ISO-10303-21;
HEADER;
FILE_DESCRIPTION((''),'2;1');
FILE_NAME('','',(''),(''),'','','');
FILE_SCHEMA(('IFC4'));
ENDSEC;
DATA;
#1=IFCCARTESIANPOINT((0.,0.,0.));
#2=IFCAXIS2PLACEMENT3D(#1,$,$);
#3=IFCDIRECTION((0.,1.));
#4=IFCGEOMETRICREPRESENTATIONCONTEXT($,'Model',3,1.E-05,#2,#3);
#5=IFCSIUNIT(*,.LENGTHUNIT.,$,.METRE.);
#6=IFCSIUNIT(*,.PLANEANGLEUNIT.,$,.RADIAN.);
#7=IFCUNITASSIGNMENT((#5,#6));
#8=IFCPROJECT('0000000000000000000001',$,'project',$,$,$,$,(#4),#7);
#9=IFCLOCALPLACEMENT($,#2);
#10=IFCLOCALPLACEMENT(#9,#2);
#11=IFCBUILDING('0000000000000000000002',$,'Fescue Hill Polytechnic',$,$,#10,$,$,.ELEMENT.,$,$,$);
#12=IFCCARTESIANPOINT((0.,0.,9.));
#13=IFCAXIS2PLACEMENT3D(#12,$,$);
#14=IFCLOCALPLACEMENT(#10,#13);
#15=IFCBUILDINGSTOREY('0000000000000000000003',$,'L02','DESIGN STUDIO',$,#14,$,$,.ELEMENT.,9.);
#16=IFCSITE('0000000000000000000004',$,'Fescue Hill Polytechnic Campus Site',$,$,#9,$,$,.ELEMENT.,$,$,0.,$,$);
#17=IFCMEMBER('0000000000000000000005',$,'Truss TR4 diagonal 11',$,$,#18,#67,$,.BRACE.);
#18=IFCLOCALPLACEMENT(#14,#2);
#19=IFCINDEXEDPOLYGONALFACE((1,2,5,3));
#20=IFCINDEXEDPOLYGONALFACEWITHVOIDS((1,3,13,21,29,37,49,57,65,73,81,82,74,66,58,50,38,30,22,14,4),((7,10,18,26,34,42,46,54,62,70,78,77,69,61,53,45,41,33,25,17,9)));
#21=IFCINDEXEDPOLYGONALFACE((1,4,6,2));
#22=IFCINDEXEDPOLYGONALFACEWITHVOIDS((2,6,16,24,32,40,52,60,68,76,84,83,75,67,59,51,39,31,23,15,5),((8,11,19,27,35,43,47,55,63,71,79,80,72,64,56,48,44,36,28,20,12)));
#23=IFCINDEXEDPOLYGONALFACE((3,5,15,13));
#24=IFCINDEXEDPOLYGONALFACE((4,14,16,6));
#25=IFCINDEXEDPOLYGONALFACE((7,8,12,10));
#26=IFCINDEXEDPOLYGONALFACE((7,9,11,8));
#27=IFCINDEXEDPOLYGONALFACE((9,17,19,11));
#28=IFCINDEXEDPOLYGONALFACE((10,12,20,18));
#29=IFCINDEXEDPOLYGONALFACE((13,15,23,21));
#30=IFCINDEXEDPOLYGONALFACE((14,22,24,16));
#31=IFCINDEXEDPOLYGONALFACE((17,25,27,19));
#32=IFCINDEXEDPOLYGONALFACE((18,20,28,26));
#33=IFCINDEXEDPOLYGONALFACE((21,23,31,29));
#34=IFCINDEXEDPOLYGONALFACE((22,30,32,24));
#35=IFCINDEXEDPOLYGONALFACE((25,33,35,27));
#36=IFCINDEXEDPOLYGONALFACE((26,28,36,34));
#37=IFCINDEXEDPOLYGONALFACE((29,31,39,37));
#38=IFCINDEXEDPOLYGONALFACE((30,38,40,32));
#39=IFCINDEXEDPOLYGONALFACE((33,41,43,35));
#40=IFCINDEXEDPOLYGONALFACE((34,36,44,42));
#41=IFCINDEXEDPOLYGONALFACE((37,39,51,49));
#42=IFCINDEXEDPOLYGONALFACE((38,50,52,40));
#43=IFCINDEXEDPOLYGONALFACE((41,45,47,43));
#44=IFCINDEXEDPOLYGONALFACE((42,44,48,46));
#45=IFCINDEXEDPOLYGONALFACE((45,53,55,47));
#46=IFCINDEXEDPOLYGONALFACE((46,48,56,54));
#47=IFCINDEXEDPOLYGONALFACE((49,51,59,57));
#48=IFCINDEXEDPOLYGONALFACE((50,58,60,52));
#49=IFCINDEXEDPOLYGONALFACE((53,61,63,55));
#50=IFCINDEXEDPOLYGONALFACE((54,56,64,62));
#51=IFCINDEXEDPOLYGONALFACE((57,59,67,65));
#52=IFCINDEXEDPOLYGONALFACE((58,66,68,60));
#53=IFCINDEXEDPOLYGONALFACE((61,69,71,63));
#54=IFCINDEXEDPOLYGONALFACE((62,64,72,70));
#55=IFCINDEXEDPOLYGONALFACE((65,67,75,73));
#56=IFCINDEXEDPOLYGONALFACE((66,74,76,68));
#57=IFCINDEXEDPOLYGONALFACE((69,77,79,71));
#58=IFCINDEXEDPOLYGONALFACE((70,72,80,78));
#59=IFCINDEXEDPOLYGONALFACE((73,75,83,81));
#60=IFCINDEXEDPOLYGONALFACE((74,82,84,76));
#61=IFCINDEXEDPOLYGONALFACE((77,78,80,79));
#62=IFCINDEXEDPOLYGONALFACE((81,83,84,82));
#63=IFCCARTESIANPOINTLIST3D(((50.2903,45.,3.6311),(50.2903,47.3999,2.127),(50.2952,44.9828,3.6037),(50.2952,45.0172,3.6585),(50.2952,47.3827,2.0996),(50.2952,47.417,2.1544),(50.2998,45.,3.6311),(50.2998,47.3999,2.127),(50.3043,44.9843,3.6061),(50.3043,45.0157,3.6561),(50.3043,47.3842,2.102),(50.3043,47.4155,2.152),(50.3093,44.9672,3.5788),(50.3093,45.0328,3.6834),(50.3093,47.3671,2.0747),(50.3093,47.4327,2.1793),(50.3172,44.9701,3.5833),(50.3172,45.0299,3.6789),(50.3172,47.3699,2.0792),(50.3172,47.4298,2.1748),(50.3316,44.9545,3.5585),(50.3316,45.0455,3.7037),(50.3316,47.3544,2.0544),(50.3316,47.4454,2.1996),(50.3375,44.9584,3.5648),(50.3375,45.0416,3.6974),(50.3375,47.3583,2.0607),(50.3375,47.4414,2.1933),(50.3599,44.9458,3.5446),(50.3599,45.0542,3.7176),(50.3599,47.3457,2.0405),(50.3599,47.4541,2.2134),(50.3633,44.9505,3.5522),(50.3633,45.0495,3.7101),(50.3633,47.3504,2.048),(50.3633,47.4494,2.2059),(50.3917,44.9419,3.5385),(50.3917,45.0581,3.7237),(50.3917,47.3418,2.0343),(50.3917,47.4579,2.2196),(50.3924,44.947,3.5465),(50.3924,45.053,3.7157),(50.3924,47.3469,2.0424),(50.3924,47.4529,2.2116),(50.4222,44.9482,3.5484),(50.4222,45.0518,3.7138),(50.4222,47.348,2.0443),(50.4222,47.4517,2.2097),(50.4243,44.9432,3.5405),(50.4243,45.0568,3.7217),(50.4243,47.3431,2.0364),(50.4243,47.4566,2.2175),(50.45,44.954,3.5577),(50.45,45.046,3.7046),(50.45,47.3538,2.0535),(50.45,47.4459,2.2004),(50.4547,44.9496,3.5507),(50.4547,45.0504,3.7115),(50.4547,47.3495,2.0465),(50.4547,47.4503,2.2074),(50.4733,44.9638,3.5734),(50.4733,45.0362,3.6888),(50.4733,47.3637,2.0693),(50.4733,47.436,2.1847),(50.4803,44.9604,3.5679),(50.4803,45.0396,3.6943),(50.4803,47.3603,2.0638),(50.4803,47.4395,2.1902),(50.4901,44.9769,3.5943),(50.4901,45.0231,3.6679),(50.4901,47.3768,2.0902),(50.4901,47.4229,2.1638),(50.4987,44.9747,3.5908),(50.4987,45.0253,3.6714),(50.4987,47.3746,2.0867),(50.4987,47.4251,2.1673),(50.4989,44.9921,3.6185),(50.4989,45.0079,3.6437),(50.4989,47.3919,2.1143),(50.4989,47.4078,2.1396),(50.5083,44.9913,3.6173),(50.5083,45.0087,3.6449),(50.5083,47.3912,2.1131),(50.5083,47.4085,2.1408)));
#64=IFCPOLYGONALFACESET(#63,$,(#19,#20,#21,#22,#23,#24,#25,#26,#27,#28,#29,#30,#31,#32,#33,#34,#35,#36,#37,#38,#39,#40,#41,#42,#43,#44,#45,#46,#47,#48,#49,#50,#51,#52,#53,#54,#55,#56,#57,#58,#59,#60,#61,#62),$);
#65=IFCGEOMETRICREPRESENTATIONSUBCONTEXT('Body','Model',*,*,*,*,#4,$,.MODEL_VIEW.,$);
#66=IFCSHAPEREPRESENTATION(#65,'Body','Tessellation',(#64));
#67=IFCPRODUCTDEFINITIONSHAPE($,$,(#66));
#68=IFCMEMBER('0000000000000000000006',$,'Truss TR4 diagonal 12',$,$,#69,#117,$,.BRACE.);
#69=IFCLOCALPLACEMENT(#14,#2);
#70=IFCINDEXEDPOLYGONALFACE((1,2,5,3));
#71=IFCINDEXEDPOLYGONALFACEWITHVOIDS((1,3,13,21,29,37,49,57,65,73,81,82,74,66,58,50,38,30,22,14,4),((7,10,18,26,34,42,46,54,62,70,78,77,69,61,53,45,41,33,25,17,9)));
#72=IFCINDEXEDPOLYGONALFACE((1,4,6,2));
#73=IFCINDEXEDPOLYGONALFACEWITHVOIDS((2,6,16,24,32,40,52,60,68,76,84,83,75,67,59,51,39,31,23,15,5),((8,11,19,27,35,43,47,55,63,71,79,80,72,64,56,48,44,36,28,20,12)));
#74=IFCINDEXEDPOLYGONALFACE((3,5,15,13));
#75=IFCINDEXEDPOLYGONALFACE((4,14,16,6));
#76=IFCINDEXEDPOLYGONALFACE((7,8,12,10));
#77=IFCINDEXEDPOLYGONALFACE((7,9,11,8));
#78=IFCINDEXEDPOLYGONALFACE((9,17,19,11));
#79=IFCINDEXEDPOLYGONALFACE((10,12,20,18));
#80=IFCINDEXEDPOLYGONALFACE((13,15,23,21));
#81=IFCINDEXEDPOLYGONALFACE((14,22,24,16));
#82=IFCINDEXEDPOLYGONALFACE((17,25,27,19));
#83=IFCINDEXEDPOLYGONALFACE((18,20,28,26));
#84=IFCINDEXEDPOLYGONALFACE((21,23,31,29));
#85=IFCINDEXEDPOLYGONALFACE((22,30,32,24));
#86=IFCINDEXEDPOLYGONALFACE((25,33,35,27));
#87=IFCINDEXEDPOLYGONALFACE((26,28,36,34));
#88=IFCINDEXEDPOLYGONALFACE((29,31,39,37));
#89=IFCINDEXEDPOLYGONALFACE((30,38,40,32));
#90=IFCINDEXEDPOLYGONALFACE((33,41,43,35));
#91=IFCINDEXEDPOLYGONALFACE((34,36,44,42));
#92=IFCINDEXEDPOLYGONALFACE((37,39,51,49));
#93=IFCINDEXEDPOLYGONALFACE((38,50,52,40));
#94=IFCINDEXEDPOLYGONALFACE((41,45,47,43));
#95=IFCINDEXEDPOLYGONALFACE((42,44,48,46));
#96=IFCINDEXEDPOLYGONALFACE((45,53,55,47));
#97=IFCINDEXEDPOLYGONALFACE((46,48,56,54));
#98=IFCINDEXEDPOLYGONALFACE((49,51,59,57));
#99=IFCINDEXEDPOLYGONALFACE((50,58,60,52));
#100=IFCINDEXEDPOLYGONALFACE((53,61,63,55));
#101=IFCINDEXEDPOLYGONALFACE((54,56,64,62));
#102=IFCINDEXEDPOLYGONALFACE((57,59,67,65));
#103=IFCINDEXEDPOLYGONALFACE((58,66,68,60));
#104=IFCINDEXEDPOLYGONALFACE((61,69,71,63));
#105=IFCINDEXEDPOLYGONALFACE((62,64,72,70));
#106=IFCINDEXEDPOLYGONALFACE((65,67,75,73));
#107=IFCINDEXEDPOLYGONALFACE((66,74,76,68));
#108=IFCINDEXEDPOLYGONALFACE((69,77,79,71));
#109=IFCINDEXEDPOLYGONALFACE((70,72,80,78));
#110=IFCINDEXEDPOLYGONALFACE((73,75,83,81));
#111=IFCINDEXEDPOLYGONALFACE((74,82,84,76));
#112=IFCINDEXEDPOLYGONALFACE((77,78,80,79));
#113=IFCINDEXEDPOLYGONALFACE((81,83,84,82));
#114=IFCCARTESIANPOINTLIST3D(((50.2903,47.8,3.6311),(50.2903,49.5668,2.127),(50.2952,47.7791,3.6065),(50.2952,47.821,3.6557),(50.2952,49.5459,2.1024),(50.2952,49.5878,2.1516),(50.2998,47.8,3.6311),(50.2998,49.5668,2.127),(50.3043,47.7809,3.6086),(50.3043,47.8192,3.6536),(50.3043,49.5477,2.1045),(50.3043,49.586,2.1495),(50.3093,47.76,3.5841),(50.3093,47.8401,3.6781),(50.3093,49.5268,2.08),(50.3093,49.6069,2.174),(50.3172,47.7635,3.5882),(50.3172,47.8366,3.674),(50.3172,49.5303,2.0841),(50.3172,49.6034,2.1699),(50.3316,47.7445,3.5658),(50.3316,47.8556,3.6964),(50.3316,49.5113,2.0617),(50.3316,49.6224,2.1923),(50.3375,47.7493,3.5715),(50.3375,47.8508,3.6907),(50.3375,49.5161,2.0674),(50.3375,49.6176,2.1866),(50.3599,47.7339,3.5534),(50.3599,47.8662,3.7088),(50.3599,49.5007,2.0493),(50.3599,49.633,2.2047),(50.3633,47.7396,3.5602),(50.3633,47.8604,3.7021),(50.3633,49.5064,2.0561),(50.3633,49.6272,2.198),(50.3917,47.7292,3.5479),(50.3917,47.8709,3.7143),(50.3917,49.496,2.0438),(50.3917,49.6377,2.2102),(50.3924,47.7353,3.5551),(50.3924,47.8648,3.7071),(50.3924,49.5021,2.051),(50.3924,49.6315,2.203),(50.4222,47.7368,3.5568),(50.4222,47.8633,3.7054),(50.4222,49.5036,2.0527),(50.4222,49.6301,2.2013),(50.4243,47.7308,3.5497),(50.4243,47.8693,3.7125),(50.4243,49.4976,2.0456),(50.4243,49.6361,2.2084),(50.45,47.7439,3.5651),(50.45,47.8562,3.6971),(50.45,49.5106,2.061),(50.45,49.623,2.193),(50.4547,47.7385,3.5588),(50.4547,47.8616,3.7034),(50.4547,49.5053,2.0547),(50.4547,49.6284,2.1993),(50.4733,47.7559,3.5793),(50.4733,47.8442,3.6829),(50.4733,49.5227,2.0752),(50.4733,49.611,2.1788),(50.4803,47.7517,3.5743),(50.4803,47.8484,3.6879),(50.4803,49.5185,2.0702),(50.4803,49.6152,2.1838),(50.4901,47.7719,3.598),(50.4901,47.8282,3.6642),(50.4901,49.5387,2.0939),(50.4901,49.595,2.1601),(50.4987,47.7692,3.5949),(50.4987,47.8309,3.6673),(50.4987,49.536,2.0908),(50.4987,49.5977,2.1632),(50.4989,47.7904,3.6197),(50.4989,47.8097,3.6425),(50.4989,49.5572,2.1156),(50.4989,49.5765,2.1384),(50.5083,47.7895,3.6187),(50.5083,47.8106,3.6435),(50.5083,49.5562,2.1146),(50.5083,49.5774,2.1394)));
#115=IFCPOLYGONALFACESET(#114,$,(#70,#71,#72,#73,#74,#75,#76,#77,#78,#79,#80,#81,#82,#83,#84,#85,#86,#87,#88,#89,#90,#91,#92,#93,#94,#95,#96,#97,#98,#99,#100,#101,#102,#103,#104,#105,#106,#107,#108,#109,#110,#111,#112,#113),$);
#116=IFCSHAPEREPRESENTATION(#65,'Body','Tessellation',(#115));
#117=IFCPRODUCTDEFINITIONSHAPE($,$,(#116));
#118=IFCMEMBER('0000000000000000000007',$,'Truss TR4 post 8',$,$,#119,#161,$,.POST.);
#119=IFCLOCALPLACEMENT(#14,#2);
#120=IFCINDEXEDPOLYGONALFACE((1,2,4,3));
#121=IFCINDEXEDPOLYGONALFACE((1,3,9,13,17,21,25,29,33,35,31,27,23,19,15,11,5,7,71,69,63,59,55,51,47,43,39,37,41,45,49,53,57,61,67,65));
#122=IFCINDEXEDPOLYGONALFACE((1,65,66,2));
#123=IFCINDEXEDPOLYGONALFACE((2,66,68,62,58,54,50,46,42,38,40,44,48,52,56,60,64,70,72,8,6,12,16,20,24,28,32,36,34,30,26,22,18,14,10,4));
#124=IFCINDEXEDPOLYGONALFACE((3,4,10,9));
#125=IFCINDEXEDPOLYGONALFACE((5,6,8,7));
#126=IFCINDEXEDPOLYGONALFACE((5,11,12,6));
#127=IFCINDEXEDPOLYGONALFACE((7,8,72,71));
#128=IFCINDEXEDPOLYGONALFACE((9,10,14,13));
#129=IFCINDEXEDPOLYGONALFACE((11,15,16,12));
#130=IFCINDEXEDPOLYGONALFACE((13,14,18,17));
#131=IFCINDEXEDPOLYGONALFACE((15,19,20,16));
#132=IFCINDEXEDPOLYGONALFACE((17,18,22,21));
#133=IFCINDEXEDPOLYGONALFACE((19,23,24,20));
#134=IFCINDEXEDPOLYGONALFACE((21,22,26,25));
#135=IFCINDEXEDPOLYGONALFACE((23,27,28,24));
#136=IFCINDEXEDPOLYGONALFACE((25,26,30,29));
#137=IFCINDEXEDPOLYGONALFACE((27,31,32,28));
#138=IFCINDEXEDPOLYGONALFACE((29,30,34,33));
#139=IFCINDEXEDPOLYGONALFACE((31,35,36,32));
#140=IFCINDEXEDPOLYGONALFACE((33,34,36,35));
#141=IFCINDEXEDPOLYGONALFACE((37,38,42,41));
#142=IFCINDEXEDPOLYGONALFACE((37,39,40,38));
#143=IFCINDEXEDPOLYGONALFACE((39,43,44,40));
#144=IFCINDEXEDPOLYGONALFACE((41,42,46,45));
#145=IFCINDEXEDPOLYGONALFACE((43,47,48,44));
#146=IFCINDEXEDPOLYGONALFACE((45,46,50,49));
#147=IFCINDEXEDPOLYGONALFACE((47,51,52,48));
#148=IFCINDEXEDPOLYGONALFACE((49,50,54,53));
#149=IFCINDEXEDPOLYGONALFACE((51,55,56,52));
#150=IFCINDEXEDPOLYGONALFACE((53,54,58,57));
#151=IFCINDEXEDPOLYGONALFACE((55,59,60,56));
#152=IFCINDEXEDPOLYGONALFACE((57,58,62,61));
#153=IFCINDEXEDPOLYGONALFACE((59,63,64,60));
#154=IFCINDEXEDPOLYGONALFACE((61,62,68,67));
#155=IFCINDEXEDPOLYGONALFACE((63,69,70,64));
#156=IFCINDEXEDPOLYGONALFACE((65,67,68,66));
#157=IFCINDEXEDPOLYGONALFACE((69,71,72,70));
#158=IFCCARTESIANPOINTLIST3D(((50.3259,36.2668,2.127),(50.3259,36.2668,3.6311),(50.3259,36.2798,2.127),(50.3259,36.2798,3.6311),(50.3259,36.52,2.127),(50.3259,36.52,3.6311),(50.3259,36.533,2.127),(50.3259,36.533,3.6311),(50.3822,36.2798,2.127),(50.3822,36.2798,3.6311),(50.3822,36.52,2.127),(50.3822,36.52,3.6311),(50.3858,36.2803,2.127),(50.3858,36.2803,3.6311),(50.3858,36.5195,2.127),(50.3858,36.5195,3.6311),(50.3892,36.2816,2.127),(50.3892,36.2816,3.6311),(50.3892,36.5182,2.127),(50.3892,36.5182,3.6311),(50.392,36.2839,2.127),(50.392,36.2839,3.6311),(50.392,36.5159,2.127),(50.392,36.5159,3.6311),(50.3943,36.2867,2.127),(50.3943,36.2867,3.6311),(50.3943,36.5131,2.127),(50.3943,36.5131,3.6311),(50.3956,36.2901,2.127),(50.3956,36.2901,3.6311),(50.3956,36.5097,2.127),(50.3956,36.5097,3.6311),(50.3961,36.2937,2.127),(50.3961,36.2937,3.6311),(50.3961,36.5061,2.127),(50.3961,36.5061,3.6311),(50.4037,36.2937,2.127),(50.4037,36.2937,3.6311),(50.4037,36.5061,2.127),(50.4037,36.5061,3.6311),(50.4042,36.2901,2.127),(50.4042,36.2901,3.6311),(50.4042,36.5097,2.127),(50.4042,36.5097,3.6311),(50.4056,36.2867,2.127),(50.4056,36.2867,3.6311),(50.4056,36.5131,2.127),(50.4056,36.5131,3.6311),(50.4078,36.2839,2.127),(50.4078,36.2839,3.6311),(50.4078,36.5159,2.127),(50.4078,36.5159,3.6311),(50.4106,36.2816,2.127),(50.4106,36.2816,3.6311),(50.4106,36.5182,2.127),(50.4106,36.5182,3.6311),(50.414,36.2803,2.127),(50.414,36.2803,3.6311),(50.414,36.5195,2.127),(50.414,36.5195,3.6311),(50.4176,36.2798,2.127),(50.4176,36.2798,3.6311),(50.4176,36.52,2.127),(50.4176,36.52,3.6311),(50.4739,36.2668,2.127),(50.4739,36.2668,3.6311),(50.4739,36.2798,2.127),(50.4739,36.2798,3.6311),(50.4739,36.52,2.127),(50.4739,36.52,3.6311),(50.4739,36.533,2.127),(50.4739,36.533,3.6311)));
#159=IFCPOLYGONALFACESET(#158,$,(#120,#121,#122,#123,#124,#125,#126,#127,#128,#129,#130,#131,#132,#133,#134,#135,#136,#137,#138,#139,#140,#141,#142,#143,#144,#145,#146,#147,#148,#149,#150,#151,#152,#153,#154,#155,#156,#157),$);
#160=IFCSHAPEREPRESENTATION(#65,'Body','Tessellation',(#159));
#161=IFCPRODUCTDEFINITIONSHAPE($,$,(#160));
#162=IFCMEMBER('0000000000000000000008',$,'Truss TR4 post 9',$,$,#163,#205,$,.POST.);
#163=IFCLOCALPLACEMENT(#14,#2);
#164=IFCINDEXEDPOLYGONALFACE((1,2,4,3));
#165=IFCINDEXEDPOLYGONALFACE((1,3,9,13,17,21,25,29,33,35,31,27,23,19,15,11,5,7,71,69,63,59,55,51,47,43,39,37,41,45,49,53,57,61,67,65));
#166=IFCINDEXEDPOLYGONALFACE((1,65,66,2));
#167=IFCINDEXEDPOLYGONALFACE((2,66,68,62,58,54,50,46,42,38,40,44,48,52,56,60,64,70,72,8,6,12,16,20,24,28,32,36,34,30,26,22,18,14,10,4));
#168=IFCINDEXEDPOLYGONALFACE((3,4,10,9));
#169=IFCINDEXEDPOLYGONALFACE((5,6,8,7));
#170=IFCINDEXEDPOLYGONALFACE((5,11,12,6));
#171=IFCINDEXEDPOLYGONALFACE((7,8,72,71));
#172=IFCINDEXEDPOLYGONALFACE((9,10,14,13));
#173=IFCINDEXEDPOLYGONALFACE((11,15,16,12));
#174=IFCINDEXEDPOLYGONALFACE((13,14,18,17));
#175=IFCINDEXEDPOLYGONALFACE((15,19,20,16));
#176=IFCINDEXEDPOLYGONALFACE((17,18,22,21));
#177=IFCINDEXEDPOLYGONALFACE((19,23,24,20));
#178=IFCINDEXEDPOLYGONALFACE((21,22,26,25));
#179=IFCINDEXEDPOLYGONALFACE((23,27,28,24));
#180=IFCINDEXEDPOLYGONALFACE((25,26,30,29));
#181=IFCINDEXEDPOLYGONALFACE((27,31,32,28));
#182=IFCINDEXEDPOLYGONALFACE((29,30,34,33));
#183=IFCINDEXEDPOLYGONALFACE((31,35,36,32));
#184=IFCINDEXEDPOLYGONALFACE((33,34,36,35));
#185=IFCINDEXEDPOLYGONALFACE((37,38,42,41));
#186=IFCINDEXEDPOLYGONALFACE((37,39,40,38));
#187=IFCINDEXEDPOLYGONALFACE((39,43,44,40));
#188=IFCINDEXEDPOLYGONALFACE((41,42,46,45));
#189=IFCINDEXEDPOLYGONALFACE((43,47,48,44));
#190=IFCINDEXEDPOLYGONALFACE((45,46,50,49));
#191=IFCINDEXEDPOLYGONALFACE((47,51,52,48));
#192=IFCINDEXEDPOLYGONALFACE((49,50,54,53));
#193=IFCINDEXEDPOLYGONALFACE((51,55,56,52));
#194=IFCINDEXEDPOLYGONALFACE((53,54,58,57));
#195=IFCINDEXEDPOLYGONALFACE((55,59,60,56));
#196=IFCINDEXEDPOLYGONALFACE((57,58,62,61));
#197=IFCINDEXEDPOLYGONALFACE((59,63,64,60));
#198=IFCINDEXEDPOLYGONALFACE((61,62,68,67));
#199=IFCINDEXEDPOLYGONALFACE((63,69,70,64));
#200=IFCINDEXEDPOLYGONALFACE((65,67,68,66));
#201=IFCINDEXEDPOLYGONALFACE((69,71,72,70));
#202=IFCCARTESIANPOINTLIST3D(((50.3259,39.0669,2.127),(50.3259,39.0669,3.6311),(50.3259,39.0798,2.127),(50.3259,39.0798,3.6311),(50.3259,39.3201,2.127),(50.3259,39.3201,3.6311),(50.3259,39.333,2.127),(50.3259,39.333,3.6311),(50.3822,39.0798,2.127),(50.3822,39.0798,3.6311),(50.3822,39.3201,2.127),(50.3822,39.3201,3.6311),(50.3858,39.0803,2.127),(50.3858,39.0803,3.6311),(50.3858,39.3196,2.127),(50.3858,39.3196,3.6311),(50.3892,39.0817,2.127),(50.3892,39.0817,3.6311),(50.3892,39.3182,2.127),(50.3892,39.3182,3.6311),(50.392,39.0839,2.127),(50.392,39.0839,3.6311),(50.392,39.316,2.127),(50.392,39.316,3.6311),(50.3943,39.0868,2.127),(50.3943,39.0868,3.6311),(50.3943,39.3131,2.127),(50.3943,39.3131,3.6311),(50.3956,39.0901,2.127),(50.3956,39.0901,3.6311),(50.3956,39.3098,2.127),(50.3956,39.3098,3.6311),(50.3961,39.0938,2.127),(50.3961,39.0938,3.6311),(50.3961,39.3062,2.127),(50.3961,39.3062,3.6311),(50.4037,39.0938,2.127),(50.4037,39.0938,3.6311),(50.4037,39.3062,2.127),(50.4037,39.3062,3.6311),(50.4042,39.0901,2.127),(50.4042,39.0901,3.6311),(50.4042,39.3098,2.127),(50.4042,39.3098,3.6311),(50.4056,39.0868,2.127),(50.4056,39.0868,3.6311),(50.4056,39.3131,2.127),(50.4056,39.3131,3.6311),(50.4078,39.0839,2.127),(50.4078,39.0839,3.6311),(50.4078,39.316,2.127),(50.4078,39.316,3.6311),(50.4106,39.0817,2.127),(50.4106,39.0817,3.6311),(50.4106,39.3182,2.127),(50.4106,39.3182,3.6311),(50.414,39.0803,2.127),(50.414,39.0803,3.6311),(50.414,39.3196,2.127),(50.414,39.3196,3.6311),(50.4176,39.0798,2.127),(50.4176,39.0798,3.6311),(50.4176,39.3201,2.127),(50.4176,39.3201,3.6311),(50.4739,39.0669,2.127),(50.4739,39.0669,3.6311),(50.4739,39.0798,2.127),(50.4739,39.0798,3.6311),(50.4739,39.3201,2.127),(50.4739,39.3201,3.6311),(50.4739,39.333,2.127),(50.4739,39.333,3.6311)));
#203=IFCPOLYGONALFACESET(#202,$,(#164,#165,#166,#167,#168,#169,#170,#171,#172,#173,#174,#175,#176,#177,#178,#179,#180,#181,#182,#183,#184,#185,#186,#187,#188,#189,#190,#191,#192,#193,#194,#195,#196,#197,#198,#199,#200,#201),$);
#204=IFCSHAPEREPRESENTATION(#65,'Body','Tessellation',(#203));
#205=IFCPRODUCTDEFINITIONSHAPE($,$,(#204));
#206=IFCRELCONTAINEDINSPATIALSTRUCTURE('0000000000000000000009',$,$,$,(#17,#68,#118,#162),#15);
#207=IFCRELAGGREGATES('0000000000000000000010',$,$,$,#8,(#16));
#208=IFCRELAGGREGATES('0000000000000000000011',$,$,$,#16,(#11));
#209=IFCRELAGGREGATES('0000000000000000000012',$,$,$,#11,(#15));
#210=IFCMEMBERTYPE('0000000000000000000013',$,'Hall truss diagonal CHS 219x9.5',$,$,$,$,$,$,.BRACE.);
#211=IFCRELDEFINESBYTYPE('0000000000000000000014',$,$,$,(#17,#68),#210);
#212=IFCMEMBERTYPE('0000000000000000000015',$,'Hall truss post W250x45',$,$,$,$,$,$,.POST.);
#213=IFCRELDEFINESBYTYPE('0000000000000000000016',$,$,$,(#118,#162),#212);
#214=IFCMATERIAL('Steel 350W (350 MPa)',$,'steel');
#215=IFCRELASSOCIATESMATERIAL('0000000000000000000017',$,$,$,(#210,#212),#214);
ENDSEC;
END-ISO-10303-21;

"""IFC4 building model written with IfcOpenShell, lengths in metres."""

from ifc_helpers import new_model, si_unit, direction, frame, origin, origin_2d, place, context, subcontext, project, spatial, hollow_circle, i_section, extrude, material, material_profile, profile_set, type_object, element, save


model = new_model("IFC4")

# Units and contexts
model_context = context("Model", 3, precision=1e-05, world=origin(), true_north=direction((0.0, 1.0)))
body_context = subcontext(model_context, "Body", "Model", "MODEL_VIEW")
ifc_project = project(units=[si_unit("LENGTHUNIT", "METRE"), si_unit("PLANEANGLEUNIT", "RADIAN")], contexts=[model_context])

# Site, building, storey
site_placement = place(None, origin())
site = spatial("IfcSite", under=ifc_project, at=site_placement, Name="Fescue Hill Polytechnic Campus Site", CompositionType="ELEMENT", RefElevation=0.0)
building_placement = place(site_placement, origin())
building = spatial("IfcBuilding", under=site, at=building_placement, Name="Fescue Hill Polytechnic", CompositionType="ELEMENT")
storey_placement = place(building_placement, frame((0.0, 0.0, 9.0)))
storey = spatial("IfcBuildingStorey", under=building, at=storey_placement, Name="L02", Description="DESIGN STUDIO", CompositionType="ELEMENT", Elevation=9.0)

# Members
ifc_material = material(Name="Steel 350W (350 MPa)", Category="steel")
ifc_material_profile_1 = material_profile(ifc_material, hollow_circle(Radius=0.1096, WallThickness=0.0095, at=origin_2d()), Name="Hall truss diagonal CHS 219x9.5")
ifc_profile_set_1 = profile_set([ifc_material_profile_1], Name="Steel 350W (350 MPa)")
member_type_1 = type_object("IfcMemberType", Name="Hall truss diagonal CHS 219x9.5", PredefinedType="BRACE", material=ifc_profile_set_1)
member_1_placement = place(storey_placement, frame((50.3999, 45.0, 3.6311), z_axis=(0.0, 0.847329, -0.531068), x_axis=(-1.0, 0.0, 0.0)))
element("IfcMember", 1, at=member_1_placement, inside=storey, type_object=member_type_1, Name="Truss TR4 diagonal 11", PredefinedType="BRACE", context=body_context, shape_type="SweptSolid", body=[
    extrude(hollow_circle(Radius=0.1096, WallThickness=0.0095, at=origin_2d()), origin(), (0.0, 0.0, 1.0), 2.8323),
])
member_2_placement = place(storey_placement, frame((50.3999, 47.8, 3.6311), z_axis=(0.0, 0.761443, -0.648232), x_axis=(-1.0, 0.0, 0.0)))
element("IfcMember", 2, at=member_2_placement, inside=storey, type_object=member_type_1, Name="Truss TR4 diagonal 12", PredefinedType="BRACE", context=body_context, shape_type="SweptSolid", body=[
    extrude(hollow_circle(Radius=0.1096, WallThickness=0.0095, at=origin_2d()), origin(), (0.0, 0.0, 1.0), 2.3203),
])
ifc_material_profile_2 = material_profile(ifc_material, i_section(OverallWidth=0.1479, OverallDepth=0.2661, WebThickness=0.0076, FlangeThickness=0.0129, FilletRadius=0.0139, at=origin_2d()), Name="W250x45")
ifc_profile_set_2 = profile_set([ifc_material_profile_2], Name="Steel 350W (350 MPa)")
member_type_2 = type_object("IfcMemberType", Name="Hall truss post W250x45", PredefinedType="POST", material=ifc_profile_set_2)
for number, where, z_axis, x_axis, name in (
    (3, (50.3999, 36.3999, 2.127), (0.0, 0.0, 1.0), (1.0, 0.0, 0.0), "Truss TR4 post 8"),
    (4, (50.3999, 39.2, 2.127), (0.0, 0.0, 1.0), (1.0, 0.0, 0.0), "Truss TR4 post 9"),
):
    element("IfcMember", number, at=place(storey_placement, frame(where, z_axis=z_axis, x_axis=x_axis)), inside=storey, type_object=member_type_2, Name=name, PredefinedType="POST", context=body_context, shape_type="SweptSolid", body=[
        extrude(i_section(OverallWidth=0.1479, OverallDepth=0.2661, WebThickness=0.0076, FlangeThickness=0.0129, FilletRadius=0.0139, at=origin_2d()), origin(), (0.0, 0.0, 1.0), 1.5042),
    ])

save(model, "model.ifc")
